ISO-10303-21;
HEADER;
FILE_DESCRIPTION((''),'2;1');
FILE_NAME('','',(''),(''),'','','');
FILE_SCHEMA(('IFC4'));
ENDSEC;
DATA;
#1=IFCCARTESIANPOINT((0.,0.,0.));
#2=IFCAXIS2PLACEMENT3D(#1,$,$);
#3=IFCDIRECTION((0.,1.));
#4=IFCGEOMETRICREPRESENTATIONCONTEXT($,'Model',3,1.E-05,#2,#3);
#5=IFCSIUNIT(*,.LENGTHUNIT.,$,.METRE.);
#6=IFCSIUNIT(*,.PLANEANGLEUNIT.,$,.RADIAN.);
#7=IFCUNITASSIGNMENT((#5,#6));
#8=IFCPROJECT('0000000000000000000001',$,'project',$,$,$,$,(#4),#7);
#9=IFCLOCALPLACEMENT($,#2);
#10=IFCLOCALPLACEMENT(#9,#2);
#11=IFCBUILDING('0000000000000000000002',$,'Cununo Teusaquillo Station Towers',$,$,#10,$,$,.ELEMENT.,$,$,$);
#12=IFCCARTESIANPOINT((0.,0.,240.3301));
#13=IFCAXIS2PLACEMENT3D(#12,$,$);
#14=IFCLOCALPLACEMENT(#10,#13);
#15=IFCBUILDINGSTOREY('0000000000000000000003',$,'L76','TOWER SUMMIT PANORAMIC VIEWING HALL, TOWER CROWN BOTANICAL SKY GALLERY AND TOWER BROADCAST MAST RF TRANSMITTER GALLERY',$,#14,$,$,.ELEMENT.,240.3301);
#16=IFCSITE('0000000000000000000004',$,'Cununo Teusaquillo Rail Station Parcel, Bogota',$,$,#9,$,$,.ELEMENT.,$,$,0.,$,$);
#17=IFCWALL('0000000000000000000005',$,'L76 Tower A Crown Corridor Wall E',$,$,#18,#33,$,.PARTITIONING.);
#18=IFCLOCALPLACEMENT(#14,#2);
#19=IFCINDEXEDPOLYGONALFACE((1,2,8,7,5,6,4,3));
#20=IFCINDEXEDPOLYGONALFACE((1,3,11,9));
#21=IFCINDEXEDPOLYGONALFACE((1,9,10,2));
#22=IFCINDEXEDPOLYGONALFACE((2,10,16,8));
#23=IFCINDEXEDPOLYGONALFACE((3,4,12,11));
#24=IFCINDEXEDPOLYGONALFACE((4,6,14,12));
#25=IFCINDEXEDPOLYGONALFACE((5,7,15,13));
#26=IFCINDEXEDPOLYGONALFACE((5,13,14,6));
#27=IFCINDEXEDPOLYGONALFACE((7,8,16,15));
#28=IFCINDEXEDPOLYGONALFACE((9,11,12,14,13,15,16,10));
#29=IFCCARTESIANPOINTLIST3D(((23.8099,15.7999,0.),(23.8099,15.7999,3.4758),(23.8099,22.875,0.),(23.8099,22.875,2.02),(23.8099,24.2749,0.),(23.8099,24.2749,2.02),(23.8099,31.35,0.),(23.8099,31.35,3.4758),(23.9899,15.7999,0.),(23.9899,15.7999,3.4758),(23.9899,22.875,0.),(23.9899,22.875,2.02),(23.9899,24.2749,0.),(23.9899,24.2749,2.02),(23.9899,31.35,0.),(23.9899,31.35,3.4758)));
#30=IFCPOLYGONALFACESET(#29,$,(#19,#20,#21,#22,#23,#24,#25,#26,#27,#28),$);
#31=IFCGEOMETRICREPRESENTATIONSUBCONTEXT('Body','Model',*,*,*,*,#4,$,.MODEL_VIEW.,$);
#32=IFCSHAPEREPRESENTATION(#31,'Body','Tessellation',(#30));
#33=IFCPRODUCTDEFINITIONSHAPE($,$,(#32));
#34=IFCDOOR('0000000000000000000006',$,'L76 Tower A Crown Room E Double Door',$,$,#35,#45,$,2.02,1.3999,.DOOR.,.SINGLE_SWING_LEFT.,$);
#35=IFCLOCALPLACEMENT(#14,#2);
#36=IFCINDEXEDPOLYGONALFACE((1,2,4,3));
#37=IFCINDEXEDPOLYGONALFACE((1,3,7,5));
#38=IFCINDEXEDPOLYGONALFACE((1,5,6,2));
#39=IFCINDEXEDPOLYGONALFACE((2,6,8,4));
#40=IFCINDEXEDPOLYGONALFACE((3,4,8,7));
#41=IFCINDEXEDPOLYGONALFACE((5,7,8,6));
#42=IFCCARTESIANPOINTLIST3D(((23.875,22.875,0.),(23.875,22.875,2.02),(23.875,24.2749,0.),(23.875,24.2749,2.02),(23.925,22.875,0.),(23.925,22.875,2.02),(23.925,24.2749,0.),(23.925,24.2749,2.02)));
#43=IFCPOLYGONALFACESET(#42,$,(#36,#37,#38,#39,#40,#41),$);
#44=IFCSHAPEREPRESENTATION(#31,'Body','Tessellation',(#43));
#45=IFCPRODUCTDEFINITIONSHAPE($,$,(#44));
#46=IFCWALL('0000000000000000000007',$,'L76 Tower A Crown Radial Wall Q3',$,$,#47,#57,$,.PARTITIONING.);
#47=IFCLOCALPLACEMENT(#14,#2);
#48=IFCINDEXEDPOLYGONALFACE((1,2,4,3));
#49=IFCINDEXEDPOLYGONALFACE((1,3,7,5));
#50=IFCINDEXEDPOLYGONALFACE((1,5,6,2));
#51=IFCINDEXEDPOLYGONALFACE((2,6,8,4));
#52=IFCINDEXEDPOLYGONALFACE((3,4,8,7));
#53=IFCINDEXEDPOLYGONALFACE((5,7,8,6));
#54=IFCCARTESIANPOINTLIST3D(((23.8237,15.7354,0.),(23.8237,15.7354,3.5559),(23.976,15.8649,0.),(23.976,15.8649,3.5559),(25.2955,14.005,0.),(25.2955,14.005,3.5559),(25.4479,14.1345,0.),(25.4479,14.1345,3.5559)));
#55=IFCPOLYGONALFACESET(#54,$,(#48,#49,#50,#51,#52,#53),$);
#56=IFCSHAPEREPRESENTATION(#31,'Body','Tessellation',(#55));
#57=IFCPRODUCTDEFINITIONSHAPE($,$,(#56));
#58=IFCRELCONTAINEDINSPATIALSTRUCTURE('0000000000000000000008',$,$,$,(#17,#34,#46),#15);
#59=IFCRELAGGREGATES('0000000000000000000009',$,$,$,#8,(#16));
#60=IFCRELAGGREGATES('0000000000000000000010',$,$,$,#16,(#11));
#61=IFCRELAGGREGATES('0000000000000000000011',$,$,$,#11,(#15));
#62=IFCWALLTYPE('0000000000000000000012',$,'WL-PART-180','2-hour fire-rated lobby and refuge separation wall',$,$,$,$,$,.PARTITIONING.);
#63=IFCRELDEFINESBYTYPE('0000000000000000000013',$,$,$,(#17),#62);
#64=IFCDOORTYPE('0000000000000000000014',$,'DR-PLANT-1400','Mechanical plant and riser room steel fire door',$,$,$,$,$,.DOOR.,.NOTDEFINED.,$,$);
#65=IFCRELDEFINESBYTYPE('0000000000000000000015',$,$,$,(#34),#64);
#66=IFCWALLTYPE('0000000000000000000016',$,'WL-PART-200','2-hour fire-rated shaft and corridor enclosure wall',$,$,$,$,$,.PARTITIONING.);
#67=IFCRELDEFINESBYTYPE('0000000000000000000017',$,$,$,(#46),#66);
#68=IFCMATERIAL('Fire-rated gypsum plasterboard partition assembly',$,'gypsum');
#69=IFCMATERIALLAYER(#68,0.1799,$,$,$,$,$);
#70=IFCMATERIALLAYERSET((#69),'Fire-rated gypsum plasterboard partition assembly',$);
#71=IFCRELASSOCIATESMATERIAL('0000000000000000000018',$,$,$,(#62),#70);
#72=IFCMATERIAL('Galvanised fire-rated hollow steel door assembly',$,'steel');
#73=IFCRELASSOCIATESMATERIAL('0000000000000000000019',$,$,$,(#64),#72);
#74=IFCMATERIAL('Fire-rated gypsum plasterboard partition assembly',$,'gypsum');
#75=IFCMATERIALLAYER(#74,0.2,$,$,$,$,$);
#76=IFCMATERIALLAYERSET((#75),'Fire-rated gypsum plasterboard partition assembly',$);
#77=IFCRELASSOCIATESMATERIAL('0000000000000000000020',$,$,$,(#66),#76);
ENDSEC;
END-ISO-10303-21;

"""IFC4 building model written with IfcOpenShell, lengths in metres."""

from ifc_helpers import new_model, si_unit, direction, frame, frame_2d, origin, place, context, subcontext, project, spatial, rectangle, extrude, source, transform, mapped, material, layer, layer_set, type_object, element, fill, save


model = new_model("IFC4")

# Units and contexts
model_context = context("Model", 3, precision=1e-05, world=origin(), true_north=direction((0.0, 1.0)))
body_context = subcontext(model_context, "Body", "Model", "MODEL_VIEW")
ifc_project = project(units=[si_unit("LENGTHUNIT", "METRE"), si_unit("PLANEANGLEUNIT", "RADIAN")], contexts=[model_context])

# Site, building, storey
site_placement = place(None, origin())
site = spatial("IfcSite", under=ifc_project, at=site_placement, Name="Cununo Teusaquillo Rail Station Parcel, Bogota", CompositionType="ELEMENT", RefElevation=0.0)
building_placement = place(site_placement, origin())
building = spatial("IfcBuilding", under=site, at=building_placement, Name="Cununo Teusaquillo Station Towers", CompositionType="ELEMENT")
storey_placement = place(building_placement, frame((0.0, 0.0, 240.3301)))
storey = spatial("IfcBuildingStorey", under=building, at=storey_placement, Name="L76", Description="TOWER SUMMIT PANORAMIC VIEWING HALL, TOWER CROWN BOTANICAL SKY GALLERY AND TOWER BROADCAST MAST RF TRANSMITTER GALLERY", CompositionType="ELEMENT", Elevation=240.3301)

# Wall, opening, door
ifc_material_1 = material(Name="Fire-rated gypsum plasterboard partition assembly", Category="gypsum")
ifc_layer_1 = layer(ifc_material_1, 0.1799)
ifc_layer_set_1 = layer_set([ifc_layer_1], Name="Fire-rated gypsum plasterboard partition assembly")
wall_type_1 = type_object("IfcWallType", Name="WL-PART-180", Description="2-hour fire-rated lobby and refuge separation wall", PredefinedType="PARTITIONING", material=ifc_layer_set_1)
wall_1_placement = place(storey_placement, frame((23.8999, 15.8, 0.0), z_axis=(0.0, 0.0, 1.0), x_axis=(0.0, 1.0, 0.0)))
wall_1 = element("IfcWall", 1, at=wall_1_placement, inside=storey, type_object=wall_type_1, Name="L76 Tower A Crown Corridor Wall E", PredefinedType="PARTITIONING", context=body_context, shape_type="SweptSolid", body=[
    extrude(rectangle(XDim=15.55, YDim=0.1799, at=frame_2d((7.7749, 0.0))), origin(), (0.0, 0.0, 1.0), 3.4758),
])
shared_shape_1 = source(origin(), body_context, "Body", "SweptSolid", [
    extrude(rectangle(XDim=1.3999, YDim=2.02, at=frame_2d((0.7, 1.01))), frame((0.0, 0.0999, 0.0), z_axis=(0.0, -1.0, 0.0), x_axis=(1.0, 0.0, 0.0)), (0.0, 0.0, 1.0), 0.2),
])
opening_placement = place(wall_1_placement, frame((7.075, 0.0, 0.0)))
opening = element("IfcOpeningElement", 2, at=opening_placement, cuts=wall_1, PredefinedType="OPENING", context=body_context, shape_type="MappedRepresentation", body=[
    mapped(shared_shape_1, transform((0.0, 0.0, 0.0), x_axis=(1.0, 0.0, 0.0), y_axis=(0.0, 1.0, 0.0), z_axis=(0.0, 0.0, 1.0), scale=1.0)),
])
ifc_material_2 = material(Name="Galvanised fire-rated hollow steel door assembly", Category="steel")
door_type = type_object("IfcDoorType", Name="DR-PLANT-1400", Description="Mechanical plant and riser room steel fire door", OperationType="NOTDEFINED", PredefinedType="DOOR", material=ifc_material_2)
shared_shape_2 = source(origin(), body_context, "Body", "SweptSolid", [
    extrude(rectangle(XDim=1.3999, YDim=2.02, at=frame_2d((0.7, 1.01))), frame((0.0, 0.0249, 0.0), z_axis=(0.0, -1.0, 0.0), x_axis=(1.0, 0.0, 0.0)), (0.0, 0.0, 1.0), 0.05),
])
door_placement = place(opening_placement, origin())
door = element("IfcDoor", 3, at=door_placement, inside=storey, type_object=door_type, Name="L76 Tower A Crown Room E Double Door", OperationType="SINGLE_SWING_LEFT", OverallHeight=2.02, OverallWidth=1.3999, PredefinedType="DOOR", context=body_context, shape_type="MappedRepresentation", body=[
    mapped(shared_shape_2, transform((0.0, 0.0, 0.0), x_axis=(1.0, 0.0, 0.0), y_axis=(0.0, 1.0, 0.0), z_axis=(0.0, 0.0, 1.0), scale=1.0)),
])
fill(opening, door)

# Wall
ifc_material_3 = material(Name="Fire-rated gypsum plasterboard partition assembly", Category="gypsum")
ifc_layer_2 = layer(ifc_material_3, 0.2)
ifc_layer_set_2 = layer_set([ifc_layer_2], Name="Fire-rated gypsum plasterboard partition assembly")
wall_type_2 = type_object("IfcWallType", Name="WL-PART-200", Description="2-hour fire-rated shaft and corridor enclosure wall", PredefinedType="PARTITIONING", material=ifc_layer_set_2)
wall_2_placement = place(storey_placement, frame((23.8999, 15.8, 0.0), z_axis=(0.0, 0.0, 1.0), x_axis=(0.64791, -0.761717, 0.0)))
element("IfcWall", 4, at=wall_2_placement, inside=storey, type_object=wall_type_2, Name="L76 Tower A Crown Radial Wall Q3", PredefinedType="PARTITIONING", context=body_context, shape_type="SweptSolid", body=[
    extrude(rectangle(XDim=2.2717, YDim=0.2, at=frame_2d((1.1357, 0.0))), origin(), (0.0, 0.0, 1.0), 3.5559),
])

save(model, "model.ifc")
